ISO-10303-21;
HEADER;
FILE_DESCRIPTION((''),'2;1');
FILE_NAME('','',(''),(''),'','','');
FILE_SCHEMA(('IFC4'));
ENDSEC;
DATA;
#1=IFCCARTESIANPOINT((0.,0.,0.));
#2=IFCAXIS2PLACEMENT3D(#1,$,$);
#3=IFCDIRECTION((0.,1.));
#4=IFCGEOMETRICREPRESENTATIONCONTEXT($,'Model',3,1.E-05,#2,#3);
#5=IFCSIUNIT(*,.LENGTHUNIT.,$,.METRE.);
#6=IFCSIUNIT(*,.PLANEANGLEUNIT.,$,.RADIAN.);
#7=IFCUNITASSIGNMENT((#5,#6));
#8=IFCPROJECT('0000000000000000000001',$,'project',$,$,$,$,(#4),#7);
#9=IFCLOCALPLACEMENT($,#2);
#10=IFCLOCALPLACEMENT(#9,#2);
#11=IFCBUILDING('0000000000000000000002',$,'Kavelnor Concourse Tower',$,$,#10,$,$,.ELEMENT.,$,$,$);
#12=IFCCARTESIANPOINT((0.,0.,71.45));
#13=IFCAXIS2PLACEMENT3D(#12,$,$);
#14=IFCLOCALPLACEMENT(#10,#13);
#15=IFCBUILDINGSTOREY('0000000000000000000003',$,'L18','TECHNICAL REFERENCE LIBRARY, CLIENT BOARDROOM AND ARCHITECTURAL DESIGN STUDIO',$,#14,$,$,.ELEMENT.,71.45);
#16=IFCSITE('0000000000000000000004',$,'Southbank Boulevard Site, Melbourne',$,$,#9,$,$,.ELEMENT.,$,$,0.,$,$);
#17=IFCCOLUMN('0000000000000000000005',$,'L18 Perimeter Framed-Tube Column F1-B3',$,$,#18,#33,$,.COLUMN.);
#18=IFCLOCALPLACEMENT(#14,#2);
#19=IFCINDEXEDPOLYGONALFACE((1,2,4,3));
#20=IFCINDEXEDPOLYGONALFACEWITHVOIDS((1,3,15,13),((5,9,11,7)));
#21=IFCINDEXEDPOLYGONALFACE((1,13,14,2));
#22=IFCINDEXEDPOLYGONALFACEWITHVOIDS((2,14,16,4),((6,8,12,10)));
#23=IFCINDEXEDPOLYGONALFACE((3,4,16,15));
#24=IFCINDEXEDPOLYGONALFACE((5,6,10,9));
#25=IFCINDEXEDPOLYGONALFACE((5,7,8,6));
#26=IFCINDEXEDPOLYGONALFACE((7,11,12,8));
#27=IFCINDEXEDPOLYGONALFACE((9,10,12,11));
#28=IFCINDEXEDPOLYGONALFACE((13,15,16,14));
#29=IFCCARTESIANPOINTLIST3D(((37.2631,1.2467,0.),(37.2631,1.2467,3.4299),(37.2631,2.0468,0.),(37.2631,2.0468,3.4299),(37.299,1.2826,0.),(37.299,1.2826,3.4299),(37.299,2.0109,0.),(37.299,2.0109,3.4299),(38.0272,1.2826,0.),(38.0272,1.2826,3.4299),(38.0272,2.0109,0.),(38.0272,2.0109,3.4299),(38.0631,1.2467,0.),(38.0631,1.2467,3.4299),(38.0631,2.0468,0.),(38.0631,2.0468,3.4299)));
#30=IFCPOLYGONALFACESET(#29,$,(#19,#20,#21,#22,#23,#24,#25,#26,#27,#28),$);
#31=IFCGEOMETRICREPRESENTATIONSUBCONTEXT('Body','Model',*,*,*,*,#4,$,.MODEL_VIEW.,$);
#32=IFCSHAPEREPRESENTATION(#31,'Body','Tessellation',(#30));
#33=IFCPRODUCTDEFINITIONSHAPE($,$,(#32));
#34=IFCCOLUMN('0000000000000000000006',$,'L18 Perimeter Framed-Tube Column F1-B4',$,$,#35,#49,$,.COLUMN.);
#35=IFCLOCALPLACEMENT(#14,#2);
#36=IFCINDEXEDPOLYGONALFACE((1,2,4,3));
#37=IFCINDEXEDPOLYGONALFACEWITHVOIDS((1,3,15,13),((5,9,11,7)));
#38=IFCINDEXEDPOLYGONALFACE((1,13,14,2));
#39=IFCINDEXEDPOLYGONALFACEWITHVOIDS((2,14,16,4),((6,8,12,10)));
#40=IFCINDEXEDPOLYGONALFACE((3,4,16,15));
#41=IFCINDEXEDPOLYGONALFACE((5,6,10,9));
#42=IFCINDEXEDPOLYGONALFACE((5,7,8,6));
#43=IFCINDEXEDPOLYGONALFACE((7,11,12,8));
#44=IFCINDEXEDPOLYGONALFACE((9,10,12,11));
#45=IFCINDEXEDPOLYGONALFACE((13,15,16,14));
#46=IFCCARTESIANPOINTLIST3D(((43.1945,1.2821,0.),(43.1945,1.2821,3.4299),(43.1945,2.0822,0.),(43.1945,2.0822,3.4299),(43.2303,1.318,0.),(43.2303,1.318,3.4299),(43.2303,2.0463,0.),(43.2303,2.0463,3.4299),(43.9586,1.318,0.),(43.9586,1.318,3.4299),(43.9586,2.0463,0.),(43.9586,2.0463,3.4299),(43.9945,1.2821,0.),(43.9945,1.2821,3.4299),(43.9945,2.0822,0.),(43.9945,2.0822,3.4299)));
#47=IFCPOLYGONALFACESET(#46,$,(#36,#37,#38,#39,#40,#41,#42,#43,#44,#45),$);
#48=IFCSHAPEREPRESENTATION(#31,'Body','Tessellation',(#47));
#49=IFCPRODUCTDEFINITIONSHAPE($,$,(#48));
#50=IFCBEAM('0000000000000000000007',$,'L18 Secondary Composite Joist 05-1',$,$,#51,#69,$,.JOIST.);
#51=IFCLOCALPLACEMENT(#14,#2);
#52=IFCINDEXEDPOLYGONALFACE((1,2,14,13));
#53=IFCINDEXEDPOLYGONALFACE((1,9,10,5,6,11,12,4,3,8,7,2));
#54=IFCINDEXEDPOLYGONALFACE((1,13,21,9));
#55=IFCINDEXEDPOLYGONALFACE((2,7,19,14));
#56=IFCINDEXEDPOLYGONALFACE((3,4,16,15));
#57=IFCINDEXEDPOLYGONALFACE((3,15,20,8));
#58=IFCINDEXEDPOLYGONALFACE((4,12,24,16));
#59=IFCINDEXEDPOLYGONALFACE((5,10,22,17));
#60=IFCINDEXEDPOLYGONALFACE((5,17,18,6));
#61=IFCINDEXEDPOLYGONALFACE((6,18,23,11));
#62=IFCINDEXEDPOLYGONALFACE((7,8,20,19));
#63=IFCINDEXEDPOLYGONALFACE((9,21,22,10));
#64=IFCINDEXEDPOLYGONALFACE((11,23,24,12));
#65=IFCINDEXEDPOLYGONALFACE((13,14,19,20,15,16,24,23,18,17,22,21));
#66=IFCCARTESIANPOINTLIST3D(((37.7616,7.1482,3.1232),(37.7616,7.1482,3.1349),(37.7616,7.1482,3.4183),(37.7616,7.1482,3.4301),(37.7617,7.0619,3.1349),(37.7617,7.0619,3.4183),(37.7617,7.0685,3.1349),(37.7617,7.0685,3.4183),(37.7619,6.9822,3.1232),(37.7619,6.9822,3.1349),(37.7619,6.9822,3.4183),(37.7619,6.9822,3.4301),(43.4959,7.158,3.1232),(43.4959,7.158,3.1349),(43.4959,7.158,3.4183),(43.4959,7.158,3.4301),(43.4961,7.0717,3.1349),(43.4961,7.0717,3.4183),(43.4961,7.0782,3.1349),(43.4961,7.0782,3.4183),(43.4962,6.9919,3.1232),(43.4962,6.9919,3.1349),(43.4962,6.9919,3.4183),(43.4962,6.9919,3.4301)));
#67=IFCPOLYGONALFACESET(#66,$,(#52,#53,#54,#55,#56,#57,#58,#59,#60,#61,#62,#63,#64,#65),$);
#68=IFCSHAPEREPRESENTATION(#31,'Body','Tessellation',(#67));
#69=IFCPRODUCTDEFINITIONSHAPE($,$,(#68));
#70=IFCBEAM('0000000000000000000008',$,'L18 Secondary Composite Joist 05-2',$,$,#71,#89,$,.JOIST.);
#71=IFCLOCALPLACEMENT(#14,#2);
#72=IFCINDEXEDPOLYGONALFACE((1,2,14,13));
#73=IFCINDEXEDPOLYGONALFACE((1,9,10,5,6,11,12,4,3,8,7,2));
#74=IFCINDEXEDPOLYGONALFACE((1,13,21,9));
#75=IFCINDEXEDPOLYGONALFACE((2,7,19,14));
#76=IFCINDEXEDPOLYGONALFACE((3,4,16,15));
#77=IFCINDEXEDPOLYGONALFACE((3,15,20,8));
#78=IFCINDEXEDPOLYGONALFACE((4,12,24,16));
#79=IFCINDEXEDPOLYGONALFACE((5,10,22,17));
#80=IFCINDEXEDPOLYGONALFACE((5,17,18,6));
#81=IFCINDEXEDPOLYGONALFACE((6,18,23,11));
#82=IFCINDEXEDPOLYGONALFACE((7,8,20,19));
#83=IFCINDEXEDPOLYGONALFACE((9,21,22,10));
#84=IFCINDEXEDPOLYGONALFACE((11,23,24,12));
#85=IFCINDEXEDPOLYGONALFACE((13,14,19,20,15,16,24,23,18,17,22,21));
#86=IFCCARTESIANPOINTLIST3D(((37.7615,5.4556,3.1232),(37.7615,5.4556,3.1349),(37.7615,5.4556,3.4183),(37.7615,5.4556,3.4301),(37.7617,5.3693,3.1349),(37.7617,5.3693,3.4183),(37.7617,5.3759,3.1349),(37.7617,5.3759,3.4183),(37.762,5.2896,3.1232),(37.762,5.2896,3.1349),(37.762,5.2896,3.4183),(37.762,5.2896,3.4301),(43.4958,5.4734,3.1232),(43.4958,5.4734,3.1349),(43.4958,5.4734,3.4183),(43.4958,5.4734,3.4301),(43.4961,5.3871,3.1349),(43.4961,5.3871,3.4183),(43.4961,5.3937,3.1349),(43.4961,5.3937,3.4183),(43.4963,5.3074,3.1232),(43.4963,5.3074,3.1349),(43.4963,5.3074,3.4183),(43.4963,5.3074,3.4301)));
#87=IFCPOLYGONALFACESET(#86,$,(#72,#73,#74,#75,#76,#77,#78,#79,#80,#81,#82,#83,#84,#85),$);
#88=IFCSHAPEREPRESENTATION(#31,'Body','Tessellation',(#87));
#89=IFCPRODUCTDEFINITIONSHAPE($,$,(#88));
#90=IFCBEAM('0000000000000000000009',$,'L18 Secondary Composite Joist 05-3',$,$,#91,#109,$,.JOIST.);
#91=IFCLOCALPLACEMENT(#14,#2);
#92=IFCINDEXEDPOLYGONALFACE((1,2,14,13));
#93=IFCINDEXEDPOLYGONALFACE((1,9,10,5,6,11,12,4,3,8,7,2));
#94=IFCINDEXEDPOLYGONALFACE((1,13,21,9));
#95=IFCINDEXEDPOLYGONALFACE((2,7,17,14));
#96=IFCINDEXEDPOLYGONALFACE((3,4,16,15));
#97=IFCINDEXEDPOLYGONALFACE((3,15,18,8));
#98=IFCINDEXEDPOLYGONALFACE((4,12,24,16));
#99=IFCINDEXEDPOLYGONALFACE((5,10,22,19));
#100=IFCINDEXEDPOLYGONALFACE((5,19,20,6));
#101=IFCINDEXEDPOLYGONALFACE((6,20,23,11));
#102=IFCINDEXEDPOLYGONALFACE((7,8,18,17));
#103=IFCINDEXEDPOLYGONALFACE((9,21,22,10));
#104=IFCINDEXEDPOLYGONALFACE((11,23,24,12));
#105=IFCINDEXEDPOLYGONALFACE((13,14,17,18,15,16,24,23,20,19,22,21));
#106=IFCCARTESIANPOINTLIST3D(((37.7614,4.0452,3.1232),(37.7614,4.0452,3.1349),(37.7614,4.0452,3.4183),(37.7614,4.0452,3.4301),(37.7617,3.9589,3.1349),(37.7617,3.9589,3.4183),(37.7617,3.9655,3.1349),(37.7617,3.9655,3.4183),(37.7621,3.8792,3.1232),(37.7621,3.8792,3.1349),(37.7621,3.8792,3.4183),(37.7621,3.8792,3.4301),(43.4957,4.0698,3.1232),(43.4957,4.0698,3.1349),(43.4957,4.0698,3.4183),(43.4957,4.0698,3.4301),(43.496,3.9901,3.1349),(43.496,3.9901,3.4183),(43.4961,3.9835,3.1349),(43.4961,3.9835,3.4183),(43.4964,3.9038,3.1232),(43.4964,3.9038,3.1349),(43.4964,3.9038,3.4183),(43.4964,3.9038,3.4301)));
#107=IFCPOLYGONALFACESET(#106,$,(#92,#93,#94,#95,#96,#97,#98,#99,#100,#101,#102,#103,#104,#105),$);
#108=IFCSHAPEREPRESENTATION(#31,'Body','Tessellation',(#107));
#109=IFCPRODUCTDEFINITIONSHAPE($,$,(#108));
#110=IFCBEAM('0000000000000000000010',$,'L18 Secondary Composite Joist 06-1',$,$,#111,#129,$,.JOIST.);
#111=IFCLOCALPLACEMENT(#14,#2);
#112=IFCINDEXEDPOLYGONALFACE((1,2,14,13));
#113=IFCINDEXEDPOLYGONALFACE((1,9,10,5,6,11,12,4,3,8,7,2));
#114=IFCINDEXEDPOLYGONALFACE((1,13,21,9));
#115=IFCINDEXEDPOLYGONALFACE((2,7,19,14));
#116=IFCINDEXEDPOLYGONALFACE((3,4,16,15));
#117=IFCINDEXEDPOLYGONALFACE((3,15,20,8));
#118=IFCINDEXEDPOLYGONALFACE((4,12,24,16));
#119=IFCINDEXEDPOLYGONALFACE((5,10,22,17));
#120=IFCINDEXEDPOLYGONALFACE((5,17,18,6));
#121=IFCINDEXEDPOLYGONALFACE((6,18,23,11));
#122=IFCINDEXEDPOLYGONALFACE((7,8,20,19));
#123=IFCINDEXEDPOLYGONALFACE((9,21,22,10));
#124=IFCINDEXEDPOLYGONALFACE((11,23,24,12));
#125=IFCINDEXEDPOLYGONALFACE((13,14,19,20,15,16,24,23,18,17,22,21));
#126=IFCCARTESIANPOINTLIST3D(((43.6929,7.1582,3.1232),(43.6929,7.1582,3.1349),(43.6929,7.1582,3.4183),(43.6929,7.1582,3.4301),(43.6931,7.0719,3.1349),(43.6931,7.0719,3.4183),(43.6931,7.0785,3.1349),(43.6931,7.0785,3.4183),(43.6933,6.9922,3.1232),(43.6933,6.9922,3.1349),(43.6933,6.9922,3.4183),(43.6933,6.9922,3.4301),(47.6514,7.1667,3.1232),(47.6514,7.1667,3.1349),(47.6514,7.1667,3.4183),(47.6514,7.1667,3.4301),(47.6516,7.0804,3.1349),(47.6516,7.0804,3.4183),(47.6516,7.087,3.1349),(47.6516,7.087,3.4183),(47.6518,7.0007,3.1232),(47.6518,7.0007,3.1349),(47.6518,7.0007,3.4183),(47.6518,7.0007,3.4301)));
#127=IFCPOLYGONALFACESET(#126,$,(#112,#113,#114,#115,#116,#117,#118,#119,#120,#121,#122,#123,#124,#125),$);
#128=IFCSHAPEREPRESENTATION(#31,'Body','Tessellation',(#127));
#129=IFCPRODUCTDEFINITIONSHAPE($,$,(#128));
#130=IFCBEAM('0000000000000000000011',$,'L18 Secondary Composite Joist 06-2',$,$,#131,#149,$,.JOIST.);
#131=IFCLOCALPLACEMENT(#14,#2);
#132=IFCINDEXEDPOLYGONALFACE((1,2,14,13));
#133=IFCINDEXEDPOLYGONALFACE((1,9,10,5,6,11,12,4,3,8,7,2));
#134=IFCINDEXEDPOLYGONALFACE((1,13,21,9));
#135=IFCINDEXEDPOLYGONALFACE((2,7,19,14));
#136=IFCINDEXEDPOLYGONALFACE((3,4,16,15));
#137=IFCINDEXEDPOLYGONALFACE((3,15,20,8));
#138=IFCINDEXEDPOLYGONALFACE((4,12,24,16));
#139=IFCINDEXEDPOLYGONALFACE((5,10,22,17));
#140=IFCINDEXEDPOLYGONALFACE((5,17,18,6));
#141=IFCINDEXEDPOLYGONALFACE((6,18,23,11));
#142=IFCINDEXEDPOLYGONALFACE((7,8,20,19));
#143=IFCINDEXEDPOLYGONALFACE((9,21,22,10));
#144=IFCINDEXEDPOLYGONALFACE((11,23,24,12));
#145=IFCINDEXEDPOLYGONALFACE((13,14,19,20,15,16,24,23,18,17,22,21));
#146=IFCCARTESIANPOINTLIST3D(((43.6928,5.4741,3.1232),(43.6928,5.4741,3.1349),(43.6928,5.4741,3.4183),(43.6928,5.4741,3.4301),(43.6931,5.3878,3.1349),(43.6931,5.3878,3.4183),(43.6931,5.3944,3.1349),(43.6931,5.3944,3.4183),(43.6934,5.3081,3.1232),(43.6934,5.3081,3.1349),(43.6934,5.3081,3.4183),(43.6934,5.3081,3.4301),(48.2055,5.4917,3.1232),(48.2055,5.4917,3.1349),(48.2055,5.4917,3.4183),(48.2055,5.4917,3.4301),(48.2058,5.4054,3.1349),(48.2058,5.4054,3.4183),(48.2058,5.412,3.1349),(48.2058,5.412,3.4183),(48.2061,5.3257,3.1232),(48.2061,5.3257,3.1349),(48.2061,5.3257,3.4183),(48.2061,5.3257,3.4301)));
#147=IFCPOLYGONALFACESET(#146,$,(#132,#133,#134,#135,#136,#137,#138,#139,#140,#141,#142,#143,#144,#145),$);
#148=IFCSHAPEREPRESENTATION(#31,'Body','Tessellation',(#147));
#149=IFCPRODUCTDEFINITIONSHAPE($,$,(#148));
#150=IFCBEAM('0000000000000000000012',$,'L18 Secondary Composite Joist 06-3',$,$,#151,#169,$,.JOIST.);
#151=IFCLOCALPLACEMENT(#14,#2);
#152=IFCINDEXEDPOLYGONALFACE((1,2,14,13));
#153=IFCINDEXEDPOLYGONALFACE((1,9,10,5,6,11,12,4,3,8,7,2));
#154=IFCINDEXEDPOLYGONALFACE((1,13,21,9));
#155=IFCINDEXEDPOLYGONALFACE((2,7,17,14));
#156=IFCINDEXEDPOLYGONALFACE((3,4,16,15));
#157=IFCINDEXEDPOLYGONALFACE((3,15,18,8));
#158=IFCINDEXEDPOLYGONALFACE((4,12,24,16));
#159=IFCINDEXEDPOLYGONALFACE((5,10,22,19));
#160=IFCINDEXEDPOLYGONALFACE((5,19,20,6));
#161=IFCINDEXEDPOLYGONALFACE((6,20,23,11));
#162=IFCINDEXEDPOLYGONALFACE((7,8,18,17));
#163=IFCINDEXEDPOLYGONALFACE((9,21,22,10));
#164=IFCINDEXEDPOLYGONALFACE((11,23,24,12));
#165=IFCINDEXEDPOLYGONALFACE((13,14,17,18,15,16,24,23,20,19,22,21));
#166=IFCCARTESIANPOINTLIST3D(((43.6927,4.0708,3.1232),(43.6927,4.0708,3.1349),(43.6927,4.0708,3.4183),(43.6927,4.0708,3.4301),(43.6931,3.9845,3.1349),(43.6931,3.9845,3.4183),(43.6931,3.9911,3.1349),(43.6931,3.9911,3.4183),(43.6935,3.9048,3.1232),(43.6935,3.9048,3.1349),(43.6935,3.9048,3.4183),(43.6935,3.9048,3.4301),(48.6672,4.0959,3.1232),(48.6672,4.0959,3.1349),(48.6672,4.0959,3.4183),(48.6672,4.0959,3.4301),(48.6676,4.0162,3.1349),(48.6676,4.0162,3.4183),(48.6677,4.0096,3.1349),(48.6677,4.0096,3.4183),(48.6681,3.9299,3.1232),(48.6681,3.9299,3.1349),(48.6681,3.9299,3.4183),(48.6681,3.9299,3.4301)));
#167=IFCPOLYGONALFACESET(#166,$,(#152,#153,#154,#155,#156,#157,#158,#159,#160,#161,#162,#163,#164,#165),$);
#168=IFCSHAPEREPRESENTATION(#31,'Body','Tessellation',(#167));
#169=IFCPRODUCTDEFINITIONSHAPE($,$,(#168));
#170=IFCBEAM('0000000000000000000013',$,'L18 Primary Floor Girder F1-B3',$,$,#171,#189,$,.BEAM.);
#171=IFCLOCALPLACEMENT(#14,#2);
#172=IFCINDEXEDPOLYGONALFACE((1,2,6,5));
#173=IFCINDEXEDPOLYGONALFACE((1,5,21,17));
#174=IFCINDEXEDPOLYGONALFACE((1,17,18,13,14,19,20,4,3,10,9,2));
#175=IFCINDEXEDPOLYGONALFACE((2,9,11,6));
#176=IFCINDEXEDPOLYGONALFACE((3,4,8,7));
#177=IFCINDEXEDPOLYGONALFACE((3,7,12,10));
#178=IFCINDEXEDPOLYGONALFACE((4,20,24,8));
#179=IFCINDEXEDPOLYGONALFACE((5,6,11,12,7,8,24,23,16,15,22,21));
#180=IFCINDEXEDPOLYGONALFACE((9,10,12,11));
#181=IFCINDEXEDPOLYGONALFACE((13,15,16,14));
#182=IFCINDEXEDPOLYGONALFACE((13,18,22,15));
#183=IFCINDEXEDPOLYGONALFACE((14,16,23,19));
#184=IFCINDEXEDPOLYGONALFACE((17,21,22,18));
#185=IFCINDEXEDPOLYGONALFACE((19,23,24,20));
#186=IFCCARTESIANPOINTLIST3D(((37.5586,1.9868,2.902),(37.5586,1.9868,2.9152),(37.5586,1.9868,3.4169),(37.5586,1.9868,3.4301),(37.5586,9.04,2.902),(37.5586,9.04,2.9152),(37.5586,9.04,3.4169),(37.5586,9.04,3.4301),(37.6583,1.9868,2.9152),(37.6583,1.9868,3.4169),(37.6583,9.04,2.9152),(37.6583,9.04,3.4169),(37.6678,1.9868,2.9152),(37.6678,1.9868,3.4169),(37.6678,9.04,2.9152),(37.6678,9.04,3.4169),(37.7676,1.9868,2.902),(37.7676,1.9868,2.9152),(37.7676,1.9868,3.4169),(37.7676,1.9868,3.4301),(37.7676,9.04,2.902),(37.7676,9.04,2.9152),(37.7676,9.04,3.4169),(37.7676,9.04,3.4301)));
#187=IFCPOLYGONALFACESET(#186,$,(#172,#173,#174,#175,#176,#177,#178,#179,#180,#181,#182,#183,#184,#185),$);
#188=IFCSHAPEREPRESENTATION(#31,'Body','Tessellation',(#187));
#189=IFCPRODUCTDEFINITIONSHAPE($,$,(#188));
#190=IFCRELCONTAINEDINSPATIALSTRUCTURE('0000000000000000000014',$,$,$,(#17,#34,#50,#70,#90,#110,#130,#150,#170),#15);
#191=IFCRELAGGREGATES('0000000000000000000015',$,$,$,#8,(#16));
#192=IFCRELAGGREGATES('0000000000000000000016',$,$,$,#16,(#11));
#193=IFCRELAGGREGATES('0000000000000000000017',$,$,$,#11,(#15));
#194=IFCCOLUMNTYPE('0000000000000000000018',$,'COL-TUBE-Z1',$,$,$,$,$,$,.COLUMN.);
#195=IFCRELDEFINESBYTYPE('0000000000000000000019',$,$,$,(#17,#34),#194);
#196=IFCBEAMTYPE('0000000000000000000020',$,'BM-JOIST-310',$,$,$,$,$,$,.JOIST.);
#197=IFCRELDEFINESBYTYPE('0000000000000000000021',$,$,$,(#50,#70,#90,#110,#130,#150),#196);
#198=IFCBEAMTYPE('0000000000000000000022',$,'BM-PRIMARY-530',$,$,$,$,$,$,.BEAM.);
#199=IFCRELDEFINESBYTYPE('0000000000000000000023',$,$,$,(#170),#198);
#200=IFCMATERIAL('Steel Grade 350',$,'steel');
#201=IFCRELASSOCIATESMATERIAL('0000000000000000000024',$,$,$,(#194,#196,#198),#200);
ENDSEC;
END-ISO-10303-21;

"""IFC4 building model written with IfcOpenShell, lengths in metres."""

from ifc_helpers import new_model, si_unit, direction, frame, origin, origin_2d, place, context, subcontext, project, spatial, hollow_rectangle, i_section, extrude, material, material_profile, profile_set, type_object, element, save


model = new_model("IFC4")

# Units and contexts
model_context = context("Model", 3, precision=1e-05, world=origin(), true_north=direction((0.0, 1.0)))
body_context = subcontext(model_context, "Body", "Model", "MODEL_VIEW")
ifc_project = project(units=[si_unit("LENGTHUNIT", "METRE"), si_unit("PLANEANGLEUNIT", "RADIAN")], contexts=[model_context])

# Site, building, storey
site_placement = place(None, origin())
site = spatial("IfcSite", under=ifc_project, at=site_placement, Name="Southbank Boulevard Site, Melbourne", CompositionType="ELEMENT", RefElevation=0.0)
building_placement = place(site_placement, origin())
building = spatial("IfcBuilding", under=site, at=building_placement, Name="Kavelnor Concourse Tower", CompositionType="ELEMENT")
storey_placement = place(building_placement, frame((0.0, 0.0, 71.45)))
storey = spatial("IfcBuildingStorey", under=building, at=storey_placement, Name="L18", Description="TECHNICAL REFERENCE LIBRARY, CLIENT BOARDROOM AND ARCHITECTURAL DESIGN STUDIO", CompositionType="ELEMENT", Elevation=71.45)

# Columns
ifc_material_1 = material(Name="Steel Grade 350", Category="steel")
ifc_material_profile_1 = material_profile(ifc_material_1, hollow_rectangle(XDim=0.8, YDim=0.8, WallThickness=0.0359, at=origin_2d()), Name="SHS 800x800x36")
ifc_profile_set_1 = profile_set([ifc_material_profile_1], Name="Steel Grade 350")
column_type = type_object("IfcColumnType", Name="COL-TUBE-Z1", PredefinedType="COLUMN", material=ifc_profile_set_1)
for number, where, z_axis, x_axis, name in (
    (1, (37.6631, 1.6467, 0.0), (0.0, 0.0, 1.0), (1.0, 0.0, 0.0), "L18 Perimeter Framed-Tube Column F1-B3"),
    (2, (43.5945, 1.6821, 0.0), (0.0, 0.0, 1.0), (1.0, 0.0, 0.0), "L18 Perimeter Framed-Tube Column F1-B4"),
):
    element("IfcColumn", number, at=place(storey_placement, frame(where, z_axis=z_axis, x_axis=x_axis)), inside=storey, type_object=column_type, Name=name, PredefinedType="COLUMN", context=body_context, shape_type="SweptSolid", body=[
        extrude(hollow_rectangle(XDim=0.8, YDim=0.8, WallThickness=0.0359, at=origin_2d()), origin(), (0.0, 0.0, 1.0), 3.4299),
    ])

# Beams
ifc_material_profile_2 = material_profile(ifc_material_1, i_section(OverallWidth=0.166, OverallDepth=0.3069, WebThickness=0.0066, FlangeThickness=0.0117, at=origin_2d()), Name="310UB46")
ifc_profile_set_2 = profile_set([ifc_material_profile_2], Name="Steel Grade 350")
beam_type_1 = type_object("IfcBeamType", Name="BM-JOIST-310", PredefinedType="JOIST", material=ifc_profile_set_2)
for number, where, z_axis, x_axis, name in (
    (3, (37.7617, 7.0652, 3.2766), (0.999999, 0.001703, 0.0), (-0.001703, 0.999999, 0.0), "L18 Secondary Composite Joist 05-1"),
    (4, (37.7617, 5.3726, 3.2766), (0.999995, 0.003108, 0.0), (-0.003108, 0.999995, 0.0), "L18 Secondary Composite Joist 05-2"),
    (5, (37.7617, 3.9622, 3.2766), (0.999991, 0.0043, 0.0), (-0.0043, 0.999991, 0.0), "L18 Secondary Composite Joist 05-3"),
):
    element("IfcBeam", number, at=place(storey_placement, frame(where, z_axis=z_axis, x_axis=x_axis)), inside=storey, type_object=beam_type_1, Name=name, PredefinedType="JOIST", context=body_context, shape_type="SweptSolid", body=[
        extrude(i_section(OverallWidth=0.166, OverallDepth=0.3069, WebThickness=0.0066, FlangeThickness=0.0117, at=origin_2d()), origin(), (0.0, 0.0, 1.0), 5.7344),
    ])
beam_1_placement = place(storey_placement, frame((43.6931, 7.0752, 3.2766), z_axis=(0.999998, 0.002159, 0.0), x_axis=(-0.002159, 0.999998, 0.0)))
element("IfcBeam", 6, at=beam_1_placement, inside=storey, type_object=beam_type_1, Name="L18 Secondary Composite Joist 06-1", PredefinedType="JOIST", context=body_context, shape_type="SweptSolid", body=[
    extrude(i_section(OverallWidth=0.166, OverallDepth=0.3069, WebThickness=0.0066, FlangeThickness=0.0117, at=origin_2d()), origin(), (0.0, 0.0, 1.0), 3.9585),
])
beam_2_placement = place(storey_placement, frame((43.6931, 5.3911, 3.2766), z_axis=(0.999992, 0.003895, 0.0), x_axis=(-0.003895, 0.999992, 0.0)))
element("IfcBeam", 7, at=beam_2_placement, inside=storey, type_object=beam_type_1, Name="L18 Secondary Composite Joist 06-2", PredefinedType="JOIST", context=body_context, shape_type="SweptSolid", body=[
    extrude(i_section(OverallWidth=0.166, OverallDepth=0.3069, WebThickness=0.0066, FlangeThickness=0.0117, at=origin_2d()), origin(), (0.0, 0.0, 1.0), 4.5127),
])
beam_3_placement = place(storey_placement, frame((43.6931, 3.9878, 3.2766), z_axis=(0.999987, 0.005055, 0.0), x_axis=(-0.005055, 0.999987, 0.0)))
element("IfcBeam", 8, at=beam_3_placement, inside=storey, type_object=beam_type_1, Name="L18 Secondary Composite Joist 06-3", PredefinedType="JOIST", context=body_context, shape_type="SweptSolid", body=[
    extrude(i_section(OverallWidth=0.166, OverallDepth=0.3069, WebThickness=0.0066, FlangeThickness=0.0117, at=origin_2d()), origin(), (0.0, 0.0, 1.0), 4.9746),
])
ifc_material_profile_3 = material_profile(ifc_material_1, i_section(OverallWidth=0.209, OverallDepth=0.5281, WebThickness=0.0095, FlangeThickness=0.0132, at=origin_2d()), Name="530UB82")
ifc_profile_set_3 = profile_set([ifc_material_profile_3], Name="Steel Grade 350")
beam_type_2 = type_object("IfcBeamType", Name="BM-PRIMARY-530", PredefinedType="BEAM", material=ifc_profile_set_3)
beam_4_placement = place(storey_placement, frame((37.6631, 9.04, 3.166), z_axis=(0.0, -1.0, 0.0), x_axis=(1.0, 0.0, 0.0)))
element("IfcBeam", 9, at=beam_4_placement, inside=storey, type_object=beam_type_2, Name="L18 Primary Floor Girder F1-B3", PredefinedType="BEAM", context=body_context, shape_type="SweptSolid", body=[
    extrude(i_section(OverallWidth=0.209, OverallDepth=0.5281, WebThickness=0.0095, FlangeThickness=0.0132, at=origin_2d()), origin(), (0.0, 0.0, 1.0), 7.0532),
])

save(model, "model.ifc")
